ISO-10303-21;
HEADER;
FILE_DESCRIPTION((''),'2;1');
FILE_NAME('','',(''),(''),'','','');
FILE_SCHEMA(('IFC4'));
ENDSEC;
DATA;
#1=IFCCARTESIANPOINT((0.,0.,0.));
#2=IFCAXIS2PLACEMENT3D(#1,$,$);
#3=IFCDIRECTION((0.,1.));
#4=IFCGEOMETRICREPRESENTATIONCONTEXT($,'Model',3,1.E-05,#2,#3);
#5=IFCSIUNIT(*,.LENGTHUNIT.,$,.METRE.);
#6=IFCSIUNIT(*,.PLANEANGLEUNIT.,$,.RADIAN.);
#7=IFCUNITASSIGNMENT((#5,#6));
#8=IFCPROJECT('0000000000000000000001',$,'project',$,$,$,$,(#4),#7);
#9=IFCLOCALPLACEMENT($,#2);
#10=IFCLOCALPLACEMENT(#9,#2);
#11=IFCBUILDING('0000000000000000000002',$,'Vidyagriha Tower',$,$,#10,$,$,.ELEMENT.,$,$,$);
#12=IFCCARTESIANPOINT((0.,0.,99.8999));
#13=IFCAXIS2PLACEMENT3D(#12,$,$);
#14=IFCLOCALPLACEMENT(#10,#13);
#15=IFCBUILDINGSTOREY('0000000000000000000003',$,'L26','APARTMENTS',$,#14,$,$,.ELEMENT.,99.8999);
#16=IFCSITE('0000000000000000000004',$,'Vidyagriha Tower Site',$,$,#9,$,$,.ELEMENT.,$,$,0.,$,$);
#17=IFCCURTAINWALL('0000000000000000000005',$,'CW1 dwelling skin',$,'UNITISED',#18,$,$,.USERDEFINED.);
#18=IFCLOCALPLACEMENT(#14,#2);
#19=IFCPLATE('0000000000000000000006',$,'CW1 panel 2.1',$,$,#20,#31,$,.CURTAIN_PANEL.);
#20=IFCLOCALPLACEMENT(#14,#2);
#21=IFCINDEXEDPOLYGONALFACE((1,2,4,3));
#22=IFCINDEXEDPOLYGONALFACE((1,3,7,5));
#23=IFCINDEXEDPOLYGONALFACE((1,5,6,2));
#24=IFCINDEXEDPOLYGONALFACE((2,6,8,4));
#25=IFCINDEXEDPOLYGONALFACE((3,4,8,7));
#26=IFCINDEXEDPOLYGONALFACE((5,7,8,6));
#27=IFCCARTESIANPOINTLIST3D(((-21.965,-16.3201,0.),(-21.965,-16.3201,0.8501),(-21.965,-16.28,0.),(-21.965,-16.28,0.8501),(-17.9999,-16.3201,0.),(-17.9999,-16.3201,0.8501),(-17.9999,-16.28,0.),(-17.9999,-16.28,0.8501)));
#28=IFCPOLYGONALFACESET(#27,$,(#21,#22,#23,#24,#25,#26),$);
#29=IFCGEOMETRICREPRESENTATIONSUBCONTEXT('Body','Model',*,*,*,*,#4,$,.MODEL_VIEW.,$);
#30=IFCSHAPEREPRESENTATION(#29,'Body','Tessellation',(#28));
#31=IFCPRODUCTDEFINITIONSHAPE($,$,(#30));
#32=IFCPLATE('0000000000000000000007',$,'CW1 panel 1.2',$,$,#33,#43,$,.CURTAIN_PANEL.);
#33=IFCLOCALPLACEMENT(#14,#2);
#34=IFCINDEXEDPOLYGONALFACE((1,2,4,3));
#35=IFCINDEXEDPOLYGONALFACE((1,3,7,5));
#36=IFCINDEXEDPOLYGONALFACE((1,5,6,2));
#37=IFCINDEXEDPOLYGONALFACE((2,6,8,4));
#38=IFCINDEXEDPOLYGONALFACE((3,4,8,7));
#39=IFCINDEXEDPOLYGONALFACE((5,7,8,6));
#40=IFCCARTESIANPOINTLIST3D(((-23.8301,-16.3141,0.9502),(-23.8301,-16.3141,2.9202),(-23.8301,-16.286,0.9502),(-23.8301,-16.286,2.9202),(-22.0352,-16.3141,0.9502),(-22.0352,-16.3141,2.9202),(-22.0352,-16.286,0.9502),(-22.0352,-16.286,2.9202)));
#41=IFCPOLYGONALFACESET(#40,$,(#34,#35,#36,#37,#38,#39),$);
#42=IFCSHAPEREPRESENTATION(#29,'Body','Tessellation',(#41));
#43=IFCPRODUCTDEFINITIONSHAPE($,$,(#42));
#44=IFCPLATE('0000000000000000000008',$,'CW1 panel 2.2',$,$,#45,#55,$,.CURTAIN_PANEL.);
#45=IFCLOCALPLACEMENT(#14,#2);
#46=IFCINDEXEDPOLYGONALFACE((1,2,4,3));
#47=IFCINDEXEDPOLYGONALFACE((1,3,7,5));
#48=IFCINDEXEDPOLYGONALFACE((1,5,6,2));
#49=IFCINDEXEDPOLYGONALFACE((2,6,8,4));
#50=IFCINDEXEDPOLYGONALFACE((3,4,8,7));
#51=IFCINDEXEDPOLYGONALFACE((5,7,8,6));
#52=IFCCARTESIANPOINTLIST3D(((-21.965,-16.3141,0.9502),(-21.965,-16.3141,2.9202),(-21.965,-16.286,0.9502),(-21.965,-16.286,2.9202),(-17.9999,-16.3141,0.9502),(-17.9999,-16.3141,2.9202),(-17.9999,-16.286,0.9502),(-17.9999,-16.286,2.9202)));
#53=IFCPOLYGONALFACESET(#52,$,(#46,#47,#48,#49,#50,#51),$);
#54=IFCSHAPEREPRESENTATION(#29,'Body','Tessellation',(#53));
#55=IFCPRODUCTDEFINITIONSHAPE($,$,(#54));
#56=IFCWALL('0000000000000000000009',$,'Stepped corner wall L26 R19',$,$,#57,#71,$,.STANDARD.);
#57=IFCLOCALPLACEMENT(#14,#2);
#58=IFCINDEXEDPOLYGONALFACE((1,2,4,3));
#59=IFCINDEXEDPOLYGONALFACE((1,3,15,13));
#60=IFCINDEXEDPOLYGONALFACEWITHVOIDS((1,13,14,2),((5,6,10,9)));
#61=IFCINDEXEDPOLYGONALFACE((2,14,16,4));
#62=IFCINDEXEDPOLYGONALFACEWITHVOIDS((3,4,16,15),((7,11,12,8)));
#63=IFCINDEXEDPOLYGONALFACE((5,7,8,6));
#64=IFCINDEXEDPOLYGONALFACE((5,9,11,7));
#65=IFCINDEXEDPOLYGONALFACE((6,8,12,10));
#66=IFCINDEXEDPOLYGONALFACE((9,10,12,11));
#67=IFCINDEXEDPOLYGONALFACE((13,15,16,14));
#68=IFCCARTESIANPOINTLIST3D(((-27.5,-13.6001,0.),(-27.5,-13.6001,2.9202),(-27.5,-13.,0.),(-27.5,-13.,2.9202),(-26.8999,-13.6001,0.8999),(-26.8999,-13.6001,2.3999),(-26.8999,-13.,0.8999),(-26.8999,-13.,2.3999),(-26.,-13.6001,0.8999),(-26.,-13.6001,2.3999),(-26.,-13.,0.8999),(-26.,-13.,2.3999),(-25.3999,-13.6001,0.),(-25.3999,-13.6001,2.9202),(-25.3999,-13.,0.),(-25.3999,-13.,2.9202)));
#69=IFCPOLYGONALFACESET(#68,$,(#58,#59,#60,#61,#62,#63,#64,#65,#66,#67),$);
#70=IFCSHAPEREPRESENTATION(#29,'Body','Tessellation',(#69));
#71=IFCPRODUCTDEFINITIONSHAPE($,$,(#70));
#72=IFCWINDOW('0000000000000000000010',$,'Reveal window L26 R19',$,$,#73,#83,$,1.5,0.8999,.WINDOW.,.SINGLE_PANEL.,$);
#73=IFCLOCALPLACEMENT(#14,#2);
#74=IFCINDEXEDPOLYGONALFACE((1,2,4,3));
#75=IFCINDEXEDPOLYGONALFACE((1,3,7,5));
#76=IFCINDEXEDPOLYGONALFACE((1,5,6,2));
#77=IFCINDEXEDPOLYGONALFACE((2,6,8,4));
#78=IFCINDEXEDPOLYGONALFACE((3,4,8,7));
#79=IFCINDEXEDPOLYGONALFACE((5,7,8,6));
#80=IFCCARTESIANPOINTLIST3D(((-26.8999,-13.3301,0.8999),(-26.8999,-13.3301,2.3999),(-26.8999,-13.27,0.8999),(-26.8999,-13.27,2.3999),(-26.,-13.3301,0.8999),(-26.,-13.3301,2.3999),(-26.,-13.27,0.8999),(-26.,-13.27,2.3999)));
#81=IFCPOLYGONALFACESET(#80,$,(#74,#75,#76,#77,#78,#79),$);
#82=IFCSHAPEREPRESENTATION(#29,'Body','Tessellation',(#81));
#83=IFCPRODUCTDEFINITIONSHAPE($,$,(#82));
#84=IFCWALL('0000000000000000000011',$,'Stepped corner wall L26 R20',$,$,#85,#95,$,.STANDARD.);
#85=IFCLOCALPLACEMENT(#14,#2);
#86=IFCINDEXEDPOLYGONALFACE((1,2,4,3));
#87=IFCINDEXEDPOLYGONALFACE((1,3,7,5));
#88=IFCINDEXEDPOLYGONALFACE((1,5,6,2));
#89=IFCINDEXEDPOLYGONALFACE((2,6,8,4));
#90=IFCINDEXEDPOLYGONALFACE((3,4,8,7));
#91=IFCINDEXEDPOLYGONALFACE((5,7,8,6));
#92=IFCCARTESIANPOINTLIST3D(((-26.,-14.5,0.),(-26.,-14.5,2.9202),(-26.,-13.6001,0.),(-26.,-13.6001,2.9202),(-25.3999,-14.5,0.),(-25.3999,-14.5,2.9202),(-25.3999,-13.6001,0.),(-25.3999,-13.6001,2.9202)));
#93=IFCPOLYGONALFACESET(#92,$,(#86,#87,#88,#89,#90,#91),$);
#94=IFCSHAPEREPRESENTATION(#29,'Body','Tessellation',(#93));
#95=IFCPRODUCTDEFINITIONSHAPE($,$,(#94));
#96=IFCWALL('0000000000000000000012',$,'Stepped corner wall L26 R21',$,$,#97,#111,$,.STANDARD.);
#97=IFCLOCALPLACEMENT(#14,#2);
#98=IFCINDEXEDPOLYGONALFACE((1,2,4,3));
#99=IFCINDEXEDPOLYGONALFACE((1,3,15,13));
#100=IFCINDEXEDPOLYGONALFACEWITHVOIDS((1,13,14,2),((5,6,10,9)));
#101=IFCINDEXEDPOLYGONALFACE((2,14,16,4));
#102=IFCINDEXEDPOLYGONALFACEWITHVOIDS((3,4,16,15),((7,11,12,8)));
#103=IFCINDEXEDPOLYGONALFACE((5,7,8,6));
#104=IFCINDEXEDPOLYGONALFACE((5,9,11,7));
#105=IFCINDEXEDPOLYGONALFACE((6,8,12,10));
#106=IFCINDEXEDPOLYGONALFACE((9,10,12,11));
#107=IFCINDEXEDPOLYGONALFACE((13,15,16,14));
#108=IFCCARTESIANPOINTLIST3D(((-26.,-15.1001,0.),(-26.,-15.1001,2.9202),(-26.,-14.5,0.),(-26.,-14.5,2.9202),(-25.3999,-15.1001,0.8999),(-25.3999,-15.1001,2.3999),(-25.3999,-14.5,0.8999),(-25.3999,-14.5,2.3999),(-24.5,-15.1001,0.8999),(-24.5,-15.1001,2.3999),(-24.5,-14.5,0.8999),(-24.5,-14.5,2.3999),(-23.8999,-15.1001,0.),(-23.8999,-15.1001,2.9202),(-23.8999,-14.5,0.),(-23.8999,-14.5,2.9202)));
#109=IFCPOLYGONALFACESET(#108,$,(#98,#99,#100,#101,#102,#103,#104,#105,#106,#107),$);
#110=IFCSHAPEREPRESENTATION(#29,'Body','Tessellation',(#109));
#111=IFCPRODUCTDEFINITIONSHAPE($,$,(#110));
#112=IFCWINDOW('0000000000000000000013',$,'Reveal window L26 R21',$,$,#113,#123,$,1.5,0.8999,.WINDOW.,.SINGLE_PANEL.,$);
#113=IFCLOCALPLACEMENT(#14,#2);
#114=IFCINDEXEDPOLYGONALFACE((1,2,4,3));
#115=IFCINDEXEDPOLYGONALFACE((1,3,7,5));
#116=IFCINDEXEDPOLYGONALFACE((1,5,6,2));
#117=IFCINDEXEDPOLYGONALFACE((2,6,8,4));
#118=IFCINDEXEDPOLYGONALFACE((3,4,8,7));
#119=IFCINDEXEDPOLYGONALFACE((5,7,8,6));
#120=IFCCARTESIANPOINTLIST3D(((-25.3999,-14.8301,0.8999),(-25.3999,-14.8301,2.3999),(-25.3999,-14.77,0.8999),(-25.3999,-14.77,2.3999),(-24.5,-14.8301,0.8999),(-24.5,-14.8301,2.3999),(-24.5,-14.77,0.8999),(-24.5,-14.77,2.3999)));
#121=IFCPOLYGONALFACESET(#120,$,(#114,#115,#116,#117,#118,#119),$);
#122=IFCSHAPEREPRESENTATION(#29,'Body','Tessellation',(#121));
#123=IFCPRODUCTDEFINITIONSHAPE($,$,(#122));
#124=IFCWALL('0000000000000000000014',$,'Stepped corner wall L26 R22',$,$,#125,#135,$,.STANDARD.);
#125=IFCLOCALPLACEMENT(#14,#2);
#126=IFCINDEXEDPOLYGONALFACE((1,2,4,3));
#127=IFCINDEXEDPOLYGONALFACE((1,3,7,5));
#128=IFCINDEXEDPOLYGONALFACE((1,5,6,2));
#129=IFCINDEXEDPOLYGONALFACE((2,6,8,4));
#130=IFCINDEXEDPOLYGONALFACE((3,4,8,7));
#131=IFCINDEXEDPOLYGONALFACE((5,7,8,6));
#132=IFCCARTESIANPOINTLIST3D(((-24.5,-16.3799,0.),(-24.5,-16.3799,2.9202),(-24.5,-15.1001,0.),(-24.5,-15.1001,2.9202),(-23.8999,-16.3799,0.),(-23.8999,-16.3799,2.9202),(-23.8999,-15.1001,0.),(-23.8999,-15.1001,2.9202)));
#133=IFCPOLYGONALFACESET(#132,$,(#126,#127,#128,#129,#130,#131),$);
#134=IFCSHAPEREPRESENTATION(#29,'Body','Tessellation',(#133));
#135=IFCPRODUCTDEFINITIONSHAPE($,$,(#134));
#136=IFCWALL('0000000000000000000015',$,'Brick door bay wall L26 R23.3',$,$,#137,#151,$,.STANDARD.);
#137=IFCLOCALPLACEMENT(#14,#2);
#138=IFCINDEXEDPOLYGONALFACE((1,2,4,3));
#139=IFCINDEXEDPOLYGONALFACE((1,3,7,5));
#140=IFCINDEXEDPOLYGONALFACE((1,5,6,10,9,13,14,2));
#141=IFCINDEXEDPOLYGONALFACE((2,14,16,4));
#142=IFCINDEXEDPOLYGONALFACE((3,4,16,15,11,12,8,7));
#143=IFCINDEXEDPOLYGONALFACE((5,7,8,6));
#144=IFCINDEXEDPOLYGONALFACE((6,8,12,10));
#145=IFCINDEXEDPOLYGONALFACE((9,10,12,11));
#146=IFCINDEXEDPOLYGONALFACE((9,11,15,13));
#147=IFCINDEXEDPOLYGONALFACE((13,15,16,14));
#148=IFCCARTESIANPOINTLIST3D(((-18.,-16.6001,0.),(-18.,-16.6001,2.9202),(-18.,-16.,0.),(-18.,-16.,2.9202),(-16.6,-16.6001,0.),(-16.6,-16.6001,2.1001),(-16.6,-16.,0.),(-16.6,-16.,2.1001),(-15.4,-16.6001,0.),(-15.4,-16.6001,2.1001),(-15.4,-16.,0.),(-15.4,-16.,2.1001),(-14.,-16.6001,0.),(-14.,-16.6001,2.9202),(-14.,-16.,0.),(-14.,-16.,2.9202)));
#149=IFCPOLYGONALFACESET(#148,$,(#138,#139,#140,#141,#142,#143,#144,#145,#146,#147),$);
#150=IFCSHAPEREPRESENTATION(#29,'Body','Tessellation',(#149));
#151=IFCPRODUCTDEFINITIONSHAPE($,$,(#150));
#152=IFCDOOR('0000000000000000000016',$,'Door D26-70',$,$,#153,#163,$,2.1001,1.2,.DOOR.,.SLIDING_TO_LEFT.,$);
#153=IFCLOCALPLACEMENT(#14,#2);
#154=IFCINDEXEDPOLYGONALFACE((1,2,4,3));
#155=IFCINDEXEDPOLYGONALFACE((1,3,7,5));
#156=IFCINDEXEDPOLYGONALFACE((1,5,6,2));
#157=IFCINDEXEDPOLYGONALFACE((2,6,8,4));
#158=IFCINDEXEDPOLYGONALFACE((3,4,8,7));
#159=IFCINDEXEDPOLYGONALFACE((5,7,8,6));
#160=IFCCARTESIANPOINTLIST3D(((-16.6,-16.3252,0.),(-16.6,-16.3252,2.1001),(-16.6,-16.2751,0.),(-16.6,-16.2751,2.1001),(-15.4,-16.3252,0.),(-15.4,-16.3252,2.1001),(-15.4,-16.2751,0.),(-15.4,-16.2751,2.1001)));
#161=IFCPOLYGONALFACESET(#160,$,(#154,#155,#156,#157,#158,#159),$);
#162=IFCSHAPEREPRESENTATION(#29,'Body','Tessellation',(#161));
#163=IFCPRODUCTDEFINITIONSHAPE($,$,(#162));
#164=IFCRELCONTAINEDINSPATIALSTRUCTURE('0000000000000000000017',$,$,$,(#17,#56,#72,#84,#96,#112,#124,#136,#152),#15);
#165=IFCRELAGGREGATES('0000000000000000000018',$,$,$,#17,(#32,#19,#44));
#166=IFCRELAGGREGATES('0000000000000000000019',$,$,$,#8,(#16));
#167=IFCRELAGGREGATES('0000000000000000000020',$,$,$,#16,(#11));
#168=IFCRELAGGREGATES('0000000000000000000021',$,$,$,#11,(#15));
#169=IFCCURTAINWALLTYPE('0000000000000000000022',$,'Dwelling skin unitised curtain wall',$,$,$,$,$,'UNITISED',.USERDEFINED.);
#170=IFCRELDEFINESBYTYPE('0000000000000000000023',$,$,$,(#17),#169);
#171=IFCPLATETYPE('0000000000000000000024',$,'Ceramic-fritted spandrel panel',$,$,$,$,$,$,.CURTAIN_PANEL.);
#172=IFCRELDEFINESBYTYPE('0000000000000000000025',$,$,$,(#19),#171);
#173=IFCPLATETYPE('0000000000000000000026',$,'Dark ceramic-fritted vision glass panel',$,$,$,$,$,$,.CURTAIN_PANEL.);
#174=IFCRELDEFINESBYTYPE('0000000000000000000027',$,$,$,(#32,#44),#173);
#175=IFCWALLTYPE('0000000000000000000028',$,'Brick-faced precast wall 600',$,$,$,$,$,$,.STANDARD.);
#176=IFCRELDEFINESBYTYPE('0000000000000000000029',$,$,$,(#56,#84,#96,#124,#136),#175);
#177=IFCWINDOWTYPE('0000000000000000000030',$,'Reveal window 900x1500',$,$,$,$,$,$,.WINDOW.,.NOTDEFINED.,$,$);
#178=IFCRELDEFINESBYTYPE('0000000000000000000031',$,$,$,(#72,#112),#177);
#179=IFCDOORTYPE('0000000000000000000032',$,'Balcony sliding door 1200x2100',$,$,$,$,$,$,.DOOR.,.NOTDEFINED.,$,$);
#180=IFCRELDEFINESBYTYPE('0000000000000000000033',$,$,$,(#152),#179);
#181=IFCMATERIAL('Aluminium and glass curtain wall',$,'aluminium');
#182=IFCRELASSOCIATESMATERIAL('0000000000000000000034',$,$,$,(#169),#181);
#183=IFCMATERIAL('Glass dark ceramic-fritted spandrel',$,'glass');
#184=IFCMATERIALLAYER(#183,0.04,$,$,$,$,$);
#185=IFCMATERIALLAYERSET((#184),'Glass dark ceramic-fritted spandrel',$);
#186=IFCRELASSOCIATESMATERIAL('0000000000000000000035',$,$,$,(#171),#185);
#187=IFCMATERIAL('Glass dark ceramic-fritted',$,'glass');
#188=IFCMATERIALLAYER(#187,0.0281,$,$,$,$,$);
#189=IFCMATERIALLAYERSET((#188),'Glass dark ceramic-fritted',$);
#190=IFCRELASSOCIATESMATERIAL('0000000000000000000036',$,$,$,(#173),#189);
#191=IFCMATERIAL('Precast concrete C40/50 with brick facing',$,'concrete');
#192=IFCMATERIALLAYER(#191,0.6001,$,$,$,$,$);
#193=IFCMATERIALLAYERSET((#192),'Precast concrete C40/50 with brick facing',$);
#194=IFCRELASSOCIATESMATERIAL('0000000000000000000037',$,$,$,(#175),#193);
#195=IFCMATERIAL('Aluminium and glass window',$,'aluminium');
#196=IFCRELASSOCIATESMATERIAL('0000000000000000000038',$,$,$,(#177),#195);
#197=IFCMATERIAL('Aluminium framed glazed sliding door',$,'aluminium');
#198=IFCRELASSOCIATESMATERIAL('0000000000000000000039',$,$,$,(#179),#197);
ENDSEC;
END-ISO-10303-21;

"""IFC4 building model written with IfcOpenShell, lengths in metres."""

from ifc_helpers import new_model, si_unit, direction, frame, frame_2d, origin, origin_2d, place, context, subcontext, project, spatial, rectangle, extrude, material, layer, layer_set, type_object, element, fill, aggregate, save


model = new_model("IFC4")

# Units and contexts
model_context = context("Model", 3, precision=1e-05, world=origin(), true_north=direction((0.0, 1.0)))
body_context = subcontext(model_context, "Body", "Model", "MODEL_VIEW")
ifc_project = project(units=[si_unit("LENGTHUNIT", "METRE"), si_unit("PLANEANGLEUNIT", "RADIAN")], contexts=[model_context])

# Site, building, storey
site_placement = place(None, origin())
site = spatial("IfcSite", under=ifc_project, at=site_placement, Name="Vidyagriha Tower Site", CompositionType="ELEMENT", RefElevation=0.0)
building_placement = place(site_placement, origin())
building = spatial("IfcBuilding", under=site, at=building_placement, Name="Vidyagriha Tower", CompositionType="ELEMENT")
storey_placement = place(building_placement, frame((0.0, 0.0, 99.8999)))
storey = spatial("IfcBuildingStorey", under=building, at=storey_placement, Name="L26", Description="APARTMENTS", CompositionType="ELEMENT", Elevation=99.8999)

# Curtain wall, plates
ifc_material_1 = material(Name="Aluminium and glass curtain wall", Category="aluminium")
curtain_wall_type = type_object("IfcCurtainWallType", Name="Dwelling skin unitised curtain wall", ElementType="UNITISED", PredefinedType="USERDEFINED", material=ifc_material_1)
curtain_wall_placement = place(storey_placement, origin())
curtain_wall = element("IfcCurtainWall", 1, at=curtain_wall_placement, inside=storey, type_object=curtain_wall_type, Name="CW1 dwelling skin", ObjectType="UNITISED", PredefinedType="USERDEFINED")
ifc_material_2 = material(Name="Glass dark ceramic-fritted spandrel", Category="glass")
ifc_layer_1 = layer(ifc_material_2, 0.04)
ifc_layer_set_1 = layer_set([ifc_layer_1], Name="Glass dark ceramic-fritted spandrel")
plate_type_1 = type_object("IfcPlateType", Name="Ceramic-fritted spandrel panel", PredefinedType="CURTAIN_PANEL", material=ifc_layer_set_1)
plate_1_placement = place(storey_placement, frame((-19.9824, -16.3, 0.0)))
plate_1 = element("IfcPlate", 2, at=plate_1_placement, type_object=plate_type_1, Name="CW1 panel 2.1", PredefinedType="CURTAIN_PANEL", context=body_context, shape_type="SweptSolid", body=[
    extrude(rectangle(XDim=3.9651, YDim=0.04, at=origin_2d()), origin(), (0.0, 0.0, 1.0), 0.8501),
])
ifc_material_3 = material(Name="Glass dark ceramic-fritted", Category="glass")
ifc_layer_2 = layer(ifc_material_3, 0.0281)
ifc_layer_set_2 = layer_set([ifc_layer_2], Name="Glass dark ceramic-fritted")
plate_type_2 = type_object("IfcPlateType", Name="Dark ceramic-fritted vision glass panel", PredefinedType="CURTAIN_PANEL", material=ifc_layer_set_2)
plate_2_placement = place(storey_placement, frame((-22.9326, -16.3, 0.9502)))
plate_2 = element("IfcPlate", 3, at=plate_2_placement, type_object=plate_type_2, Name="CW1 panel 1.2", PredefinedType="CURTAIN_PANEL", context=body_context, shape_type="SweptSolid", body=[
    extrude(rectangle(XDim=1.7949, YDim=0.0281, at=origin_2d()), origin(), (0.0, 0.0, 1.0), 1.97),
])
plate_3_placement = place(storey_placement, frame((-19.9824, -16.3, 0.9502)))
plate_3 = element("IfcPlate", 4, at=plate_3_placement, type_object=plate_type_2, Name="CW1 panel 2.2", PredefinedType="CURTAIN_PANEL", context=body_context, shape_type="SweptSolid", body=[
    extrude(rectangle(XDim=3.9651, YDim=0.0281, at=origin_2d()), origin(), (0.0, 0.0, 1.0), 1.97),
])
aggregate(curtain_wall, [plate_2, plate_1, plate_3])

# Wall, opening, window
ifc_material_4 = material(Name="Precast concrete C40/50 with brick facing", Category="concrete")
ifc_layer_3 = layer(ifc_material_4, 0.6001)
ifc_layer_set_3 = layer_set([ifc_layer_3], Name="Precast concrete C40/50 with brick facing")
wall_type = type_object("IfcWallType", Name="Brick-faced precast wall 600", PredefinedType="STANDARD", material=ifc_layer_set_3)
wall_1_placement = place(storey_placement, frame((-27.5, -13.3, 0.0)))
wall_1 = element("IfcWall", 5, at=wall_1_placement, inside=storey, type_object=wall_type, Name="Stepped corner wall L26 R19", PredefinedType="STANDARD", context=body_context, shape_type="SweptSolid", body=[
    extrude(rectangle(XDim=2.1001, YDim=0.6001, at=frame_2d((1.05, 0.0))), origin(), (0.0, 0.0, 1.0), 2.9202),
])
opening_1_placement = place(wall_1_placement, frame((0.6001, 0.0, 0.8999)))
opening_1 = element("IfcOpeningElement", 6, at=opening_1_placement, cuts=wall_1, PredefinedType="OPENING", context=body_context, shape_type="SweptSolid", body=[
    extrude(rectangle(XDim=0.8999, YDim=1.5, at=frame_2d((0.45, 0.75))), frame((0.0, 0.3101, 0.0), z_axis=(0.0, -1.0, 0.0), x_axis=(1.0, 0.0, 0.0)), (0.0, 0.0, 1.0), 0.6201),
])
ifc_material_5 = material(Name="Aluminium and glass window", Category="aluminium")
window_type = type_object("IfcWindowType", Name="Reveal window 900x1500", PartitioningType="NOTDEFINED", PredefinedType="WINDOW", material=ifc_material_5)
window_1_placement = place(opening_1_placement, origin())
window_1 = element("IfcWindow", 7, at=window_1_placement, inside=storey, type_object=window_type, Name="Reveal window L26 R19", OverallHeight=1.5, OverallWidth=0.8999, PartitioningType="SINGLE_PANEL", PredefinedType="WINDOW", context=body_context, shape_type="SweptSolid", body=[
    extrude(rectangle(XDim=0.8999, YDim=1.5, at=frame_2d((0.45, 0.75))), frame((0.0, 0.03, 0.0), z_axis=(0.0, -1.0, 0.0), x_axis=(1.0, 0.0, 0.0)), (0.0, 0.0, 1.0), 0.0601),
])
fill(opening_1, window_1)

# Wall
wall_2_placement = place(storey_placement, frame((-25.7, -13.6001, 0.0), z_axis=(0.0, 0.0, 1.0), x_axis=(0.0, -1.0, 0.0)))
element("IfcWall", 8, at=wall_2_placement, inside=storey, type_object=wall_type, Name="Stepped corner wall L26 R20", PredefinedType="STANDARD", context=body_context, shape_type="SweptSolid", body=[
    extrude(rectangle(XDim=0.8999, YDim=0.6001, at=frame_2d((0.45, 0.0))), origin(), (0.0, 0.0, 1.0), 2.9202),
])

# Wall, opening, window
wall_3_placement = place(storey_placement, frame((-26.0, -14.8, 0.0)))
wall_3 = element("IfcWall", 9, at=wall_3_placement, inside=storey, type_object=wall_type, Name="Stepped corner wall L26 R21", PredefinedType="STANDARD", context=body_context, shape_type="SweptSolid", body=[
    extrude(rectangle(XDim=2.1001, YDim=0.6001, at=frame_2d((1.05, 0.0))), origin(), (0.0, 0.0, 1.0), 2.9202),
])
opening_2_placement = place(wall_3_placement, frame((0.6001, 0.0, 0.8999)))
opening_2 = element("IfcOpeningElement", 10, at=opening_2_placement, cuts=wall_3, PredefinedType="OPENING", context=body_context, shape_type="SweptSolid", body=[
    extrude(rectangle(XDim=0.8999, YDim=1.5, at=frame_2d((0.45, 0.75))), frame((0.0, 0.3101, 0.0), z_axis=(0.0, -1.0, 0.0), x_axis=(1.0, 0.0, 0.0)), (0.0, 0.0, 1.0), 0.6201),
])
window_2_placement = place(opening_2_placement, origin())
window_2 = element("IfcWindow", 11, at=window_2_placement, inside=storey, type_object=window_type, Name="Reveal window L26 R21", OverallHeight=1.5, OverallWidth=0.8999, PartitioningType="SINGLE_PANEL", PredefinedType="WINDOW", context=body_context, shape_type="SweptSolid", body=[
    extrude(rectangle(XDim=0.8999, YDim=1.5, at=frame_2d((0.45, 0.75))), frame((0.0, 0.03, 0.0), z_axis=(0.0, -1.0, 0.0), x_axis=(1.0, 0.0, 0.0)), (0.0, 0.0, 1.0), 0.0601),
])
fill(opening_2, window_2)

# Wall
wall_4_placement = place(storey_placement, frame((-24.2, -15.1001, 0.0), z_axis=(0.0, 0.0, 1.0), x_axis=(0.0, -1.0, 0.0)))
element("IfcWall", 12, at=wall_4_placement, inside=storey, type_object=wall_type, Name="Stepped corner wall L26 R22", PredefinedType="STANDARD", context=body_context, shape_type="SweptSolid", body=[
    extrude(rectangle(XDim=1.2798, YDim=0.6001, at=frame_2d((0.6399, 0.0))), origin(), (0.0, 0.0, 1.0), 2.9202),
])

# Wall, opening, door
wall_5_placement = place(storey_placement, frame((-18.0, -16.3, 0.0)))
wall_5 = element("IfcWall", 13, at=wall_5_placement, inside=storey, type_object=wall_type, Name="Brick door bay wall L26 R23.3", PredefinedType="STANDARD", context=body_context, shape_type="SweptSolid", body=[
    extrude(rectangle(XDim=4.0, YDim=0.6001, at=frame_2d((2.0, 0.0))), origin(), (0.0, 0.0, 1.0), 2.9202),
])
opening_3_placement = place(wall_5_placement, frame((1.3999, 0.0, 0.0)))
opening_3 = element("IfcOpeningElement", 14, at=opening_3_placement, cuts=wall_5, PredefinedType="OPENING", context=body_context, shape_type="SweptSolid", body=[
    extrude(rectangle(XDim=1.2, YDim=2.1001, at=frame_2d((0.6001, 1.05))), frame((0.0, 0.3101, 0.0), z_axis=(0.0, -1.0, 0.0), x_axis=(1.0, 0.0, 0.0)), (0.0, 0.0, 1.0), 0.6201),
])
ifc_material_6 = material(Name="Aluminium framed glazed sliding door", Category="aluminium")
door_type = type_object("IfcDoorType", Name="Balcony sliding door 1200x2100", OperationType="NOTDEFINED", PredefinedType="DOOR", material=ifc_material_6)
door_placement = place(opening_3_placement, origin())
door = element("IfcDoor", 15, at=door_placement, inside=storey, type_object=door_type, Name="Door D26-70", OperationType="SLIDING_TO_LEFT", OverallHeight=2.1001, OverallWidth=1.2, PredefinedType="DOOR", context=body_context, shape_type="SweptSolid", body=[
    extrude(rectangle(XDim=1.2, YDim=2.1001, at=frame_2d((0.6001, 1.05))), frame((0.0, 0.0249, 0.0), z_axis=(0.0, -1.0, 0.0), x_axis=(1.0, 0.0, 0.0)), (0.0, 0.0, 1.0), 0.05),
])
fill(opening_3, door)

save(model, "model.ifc")
